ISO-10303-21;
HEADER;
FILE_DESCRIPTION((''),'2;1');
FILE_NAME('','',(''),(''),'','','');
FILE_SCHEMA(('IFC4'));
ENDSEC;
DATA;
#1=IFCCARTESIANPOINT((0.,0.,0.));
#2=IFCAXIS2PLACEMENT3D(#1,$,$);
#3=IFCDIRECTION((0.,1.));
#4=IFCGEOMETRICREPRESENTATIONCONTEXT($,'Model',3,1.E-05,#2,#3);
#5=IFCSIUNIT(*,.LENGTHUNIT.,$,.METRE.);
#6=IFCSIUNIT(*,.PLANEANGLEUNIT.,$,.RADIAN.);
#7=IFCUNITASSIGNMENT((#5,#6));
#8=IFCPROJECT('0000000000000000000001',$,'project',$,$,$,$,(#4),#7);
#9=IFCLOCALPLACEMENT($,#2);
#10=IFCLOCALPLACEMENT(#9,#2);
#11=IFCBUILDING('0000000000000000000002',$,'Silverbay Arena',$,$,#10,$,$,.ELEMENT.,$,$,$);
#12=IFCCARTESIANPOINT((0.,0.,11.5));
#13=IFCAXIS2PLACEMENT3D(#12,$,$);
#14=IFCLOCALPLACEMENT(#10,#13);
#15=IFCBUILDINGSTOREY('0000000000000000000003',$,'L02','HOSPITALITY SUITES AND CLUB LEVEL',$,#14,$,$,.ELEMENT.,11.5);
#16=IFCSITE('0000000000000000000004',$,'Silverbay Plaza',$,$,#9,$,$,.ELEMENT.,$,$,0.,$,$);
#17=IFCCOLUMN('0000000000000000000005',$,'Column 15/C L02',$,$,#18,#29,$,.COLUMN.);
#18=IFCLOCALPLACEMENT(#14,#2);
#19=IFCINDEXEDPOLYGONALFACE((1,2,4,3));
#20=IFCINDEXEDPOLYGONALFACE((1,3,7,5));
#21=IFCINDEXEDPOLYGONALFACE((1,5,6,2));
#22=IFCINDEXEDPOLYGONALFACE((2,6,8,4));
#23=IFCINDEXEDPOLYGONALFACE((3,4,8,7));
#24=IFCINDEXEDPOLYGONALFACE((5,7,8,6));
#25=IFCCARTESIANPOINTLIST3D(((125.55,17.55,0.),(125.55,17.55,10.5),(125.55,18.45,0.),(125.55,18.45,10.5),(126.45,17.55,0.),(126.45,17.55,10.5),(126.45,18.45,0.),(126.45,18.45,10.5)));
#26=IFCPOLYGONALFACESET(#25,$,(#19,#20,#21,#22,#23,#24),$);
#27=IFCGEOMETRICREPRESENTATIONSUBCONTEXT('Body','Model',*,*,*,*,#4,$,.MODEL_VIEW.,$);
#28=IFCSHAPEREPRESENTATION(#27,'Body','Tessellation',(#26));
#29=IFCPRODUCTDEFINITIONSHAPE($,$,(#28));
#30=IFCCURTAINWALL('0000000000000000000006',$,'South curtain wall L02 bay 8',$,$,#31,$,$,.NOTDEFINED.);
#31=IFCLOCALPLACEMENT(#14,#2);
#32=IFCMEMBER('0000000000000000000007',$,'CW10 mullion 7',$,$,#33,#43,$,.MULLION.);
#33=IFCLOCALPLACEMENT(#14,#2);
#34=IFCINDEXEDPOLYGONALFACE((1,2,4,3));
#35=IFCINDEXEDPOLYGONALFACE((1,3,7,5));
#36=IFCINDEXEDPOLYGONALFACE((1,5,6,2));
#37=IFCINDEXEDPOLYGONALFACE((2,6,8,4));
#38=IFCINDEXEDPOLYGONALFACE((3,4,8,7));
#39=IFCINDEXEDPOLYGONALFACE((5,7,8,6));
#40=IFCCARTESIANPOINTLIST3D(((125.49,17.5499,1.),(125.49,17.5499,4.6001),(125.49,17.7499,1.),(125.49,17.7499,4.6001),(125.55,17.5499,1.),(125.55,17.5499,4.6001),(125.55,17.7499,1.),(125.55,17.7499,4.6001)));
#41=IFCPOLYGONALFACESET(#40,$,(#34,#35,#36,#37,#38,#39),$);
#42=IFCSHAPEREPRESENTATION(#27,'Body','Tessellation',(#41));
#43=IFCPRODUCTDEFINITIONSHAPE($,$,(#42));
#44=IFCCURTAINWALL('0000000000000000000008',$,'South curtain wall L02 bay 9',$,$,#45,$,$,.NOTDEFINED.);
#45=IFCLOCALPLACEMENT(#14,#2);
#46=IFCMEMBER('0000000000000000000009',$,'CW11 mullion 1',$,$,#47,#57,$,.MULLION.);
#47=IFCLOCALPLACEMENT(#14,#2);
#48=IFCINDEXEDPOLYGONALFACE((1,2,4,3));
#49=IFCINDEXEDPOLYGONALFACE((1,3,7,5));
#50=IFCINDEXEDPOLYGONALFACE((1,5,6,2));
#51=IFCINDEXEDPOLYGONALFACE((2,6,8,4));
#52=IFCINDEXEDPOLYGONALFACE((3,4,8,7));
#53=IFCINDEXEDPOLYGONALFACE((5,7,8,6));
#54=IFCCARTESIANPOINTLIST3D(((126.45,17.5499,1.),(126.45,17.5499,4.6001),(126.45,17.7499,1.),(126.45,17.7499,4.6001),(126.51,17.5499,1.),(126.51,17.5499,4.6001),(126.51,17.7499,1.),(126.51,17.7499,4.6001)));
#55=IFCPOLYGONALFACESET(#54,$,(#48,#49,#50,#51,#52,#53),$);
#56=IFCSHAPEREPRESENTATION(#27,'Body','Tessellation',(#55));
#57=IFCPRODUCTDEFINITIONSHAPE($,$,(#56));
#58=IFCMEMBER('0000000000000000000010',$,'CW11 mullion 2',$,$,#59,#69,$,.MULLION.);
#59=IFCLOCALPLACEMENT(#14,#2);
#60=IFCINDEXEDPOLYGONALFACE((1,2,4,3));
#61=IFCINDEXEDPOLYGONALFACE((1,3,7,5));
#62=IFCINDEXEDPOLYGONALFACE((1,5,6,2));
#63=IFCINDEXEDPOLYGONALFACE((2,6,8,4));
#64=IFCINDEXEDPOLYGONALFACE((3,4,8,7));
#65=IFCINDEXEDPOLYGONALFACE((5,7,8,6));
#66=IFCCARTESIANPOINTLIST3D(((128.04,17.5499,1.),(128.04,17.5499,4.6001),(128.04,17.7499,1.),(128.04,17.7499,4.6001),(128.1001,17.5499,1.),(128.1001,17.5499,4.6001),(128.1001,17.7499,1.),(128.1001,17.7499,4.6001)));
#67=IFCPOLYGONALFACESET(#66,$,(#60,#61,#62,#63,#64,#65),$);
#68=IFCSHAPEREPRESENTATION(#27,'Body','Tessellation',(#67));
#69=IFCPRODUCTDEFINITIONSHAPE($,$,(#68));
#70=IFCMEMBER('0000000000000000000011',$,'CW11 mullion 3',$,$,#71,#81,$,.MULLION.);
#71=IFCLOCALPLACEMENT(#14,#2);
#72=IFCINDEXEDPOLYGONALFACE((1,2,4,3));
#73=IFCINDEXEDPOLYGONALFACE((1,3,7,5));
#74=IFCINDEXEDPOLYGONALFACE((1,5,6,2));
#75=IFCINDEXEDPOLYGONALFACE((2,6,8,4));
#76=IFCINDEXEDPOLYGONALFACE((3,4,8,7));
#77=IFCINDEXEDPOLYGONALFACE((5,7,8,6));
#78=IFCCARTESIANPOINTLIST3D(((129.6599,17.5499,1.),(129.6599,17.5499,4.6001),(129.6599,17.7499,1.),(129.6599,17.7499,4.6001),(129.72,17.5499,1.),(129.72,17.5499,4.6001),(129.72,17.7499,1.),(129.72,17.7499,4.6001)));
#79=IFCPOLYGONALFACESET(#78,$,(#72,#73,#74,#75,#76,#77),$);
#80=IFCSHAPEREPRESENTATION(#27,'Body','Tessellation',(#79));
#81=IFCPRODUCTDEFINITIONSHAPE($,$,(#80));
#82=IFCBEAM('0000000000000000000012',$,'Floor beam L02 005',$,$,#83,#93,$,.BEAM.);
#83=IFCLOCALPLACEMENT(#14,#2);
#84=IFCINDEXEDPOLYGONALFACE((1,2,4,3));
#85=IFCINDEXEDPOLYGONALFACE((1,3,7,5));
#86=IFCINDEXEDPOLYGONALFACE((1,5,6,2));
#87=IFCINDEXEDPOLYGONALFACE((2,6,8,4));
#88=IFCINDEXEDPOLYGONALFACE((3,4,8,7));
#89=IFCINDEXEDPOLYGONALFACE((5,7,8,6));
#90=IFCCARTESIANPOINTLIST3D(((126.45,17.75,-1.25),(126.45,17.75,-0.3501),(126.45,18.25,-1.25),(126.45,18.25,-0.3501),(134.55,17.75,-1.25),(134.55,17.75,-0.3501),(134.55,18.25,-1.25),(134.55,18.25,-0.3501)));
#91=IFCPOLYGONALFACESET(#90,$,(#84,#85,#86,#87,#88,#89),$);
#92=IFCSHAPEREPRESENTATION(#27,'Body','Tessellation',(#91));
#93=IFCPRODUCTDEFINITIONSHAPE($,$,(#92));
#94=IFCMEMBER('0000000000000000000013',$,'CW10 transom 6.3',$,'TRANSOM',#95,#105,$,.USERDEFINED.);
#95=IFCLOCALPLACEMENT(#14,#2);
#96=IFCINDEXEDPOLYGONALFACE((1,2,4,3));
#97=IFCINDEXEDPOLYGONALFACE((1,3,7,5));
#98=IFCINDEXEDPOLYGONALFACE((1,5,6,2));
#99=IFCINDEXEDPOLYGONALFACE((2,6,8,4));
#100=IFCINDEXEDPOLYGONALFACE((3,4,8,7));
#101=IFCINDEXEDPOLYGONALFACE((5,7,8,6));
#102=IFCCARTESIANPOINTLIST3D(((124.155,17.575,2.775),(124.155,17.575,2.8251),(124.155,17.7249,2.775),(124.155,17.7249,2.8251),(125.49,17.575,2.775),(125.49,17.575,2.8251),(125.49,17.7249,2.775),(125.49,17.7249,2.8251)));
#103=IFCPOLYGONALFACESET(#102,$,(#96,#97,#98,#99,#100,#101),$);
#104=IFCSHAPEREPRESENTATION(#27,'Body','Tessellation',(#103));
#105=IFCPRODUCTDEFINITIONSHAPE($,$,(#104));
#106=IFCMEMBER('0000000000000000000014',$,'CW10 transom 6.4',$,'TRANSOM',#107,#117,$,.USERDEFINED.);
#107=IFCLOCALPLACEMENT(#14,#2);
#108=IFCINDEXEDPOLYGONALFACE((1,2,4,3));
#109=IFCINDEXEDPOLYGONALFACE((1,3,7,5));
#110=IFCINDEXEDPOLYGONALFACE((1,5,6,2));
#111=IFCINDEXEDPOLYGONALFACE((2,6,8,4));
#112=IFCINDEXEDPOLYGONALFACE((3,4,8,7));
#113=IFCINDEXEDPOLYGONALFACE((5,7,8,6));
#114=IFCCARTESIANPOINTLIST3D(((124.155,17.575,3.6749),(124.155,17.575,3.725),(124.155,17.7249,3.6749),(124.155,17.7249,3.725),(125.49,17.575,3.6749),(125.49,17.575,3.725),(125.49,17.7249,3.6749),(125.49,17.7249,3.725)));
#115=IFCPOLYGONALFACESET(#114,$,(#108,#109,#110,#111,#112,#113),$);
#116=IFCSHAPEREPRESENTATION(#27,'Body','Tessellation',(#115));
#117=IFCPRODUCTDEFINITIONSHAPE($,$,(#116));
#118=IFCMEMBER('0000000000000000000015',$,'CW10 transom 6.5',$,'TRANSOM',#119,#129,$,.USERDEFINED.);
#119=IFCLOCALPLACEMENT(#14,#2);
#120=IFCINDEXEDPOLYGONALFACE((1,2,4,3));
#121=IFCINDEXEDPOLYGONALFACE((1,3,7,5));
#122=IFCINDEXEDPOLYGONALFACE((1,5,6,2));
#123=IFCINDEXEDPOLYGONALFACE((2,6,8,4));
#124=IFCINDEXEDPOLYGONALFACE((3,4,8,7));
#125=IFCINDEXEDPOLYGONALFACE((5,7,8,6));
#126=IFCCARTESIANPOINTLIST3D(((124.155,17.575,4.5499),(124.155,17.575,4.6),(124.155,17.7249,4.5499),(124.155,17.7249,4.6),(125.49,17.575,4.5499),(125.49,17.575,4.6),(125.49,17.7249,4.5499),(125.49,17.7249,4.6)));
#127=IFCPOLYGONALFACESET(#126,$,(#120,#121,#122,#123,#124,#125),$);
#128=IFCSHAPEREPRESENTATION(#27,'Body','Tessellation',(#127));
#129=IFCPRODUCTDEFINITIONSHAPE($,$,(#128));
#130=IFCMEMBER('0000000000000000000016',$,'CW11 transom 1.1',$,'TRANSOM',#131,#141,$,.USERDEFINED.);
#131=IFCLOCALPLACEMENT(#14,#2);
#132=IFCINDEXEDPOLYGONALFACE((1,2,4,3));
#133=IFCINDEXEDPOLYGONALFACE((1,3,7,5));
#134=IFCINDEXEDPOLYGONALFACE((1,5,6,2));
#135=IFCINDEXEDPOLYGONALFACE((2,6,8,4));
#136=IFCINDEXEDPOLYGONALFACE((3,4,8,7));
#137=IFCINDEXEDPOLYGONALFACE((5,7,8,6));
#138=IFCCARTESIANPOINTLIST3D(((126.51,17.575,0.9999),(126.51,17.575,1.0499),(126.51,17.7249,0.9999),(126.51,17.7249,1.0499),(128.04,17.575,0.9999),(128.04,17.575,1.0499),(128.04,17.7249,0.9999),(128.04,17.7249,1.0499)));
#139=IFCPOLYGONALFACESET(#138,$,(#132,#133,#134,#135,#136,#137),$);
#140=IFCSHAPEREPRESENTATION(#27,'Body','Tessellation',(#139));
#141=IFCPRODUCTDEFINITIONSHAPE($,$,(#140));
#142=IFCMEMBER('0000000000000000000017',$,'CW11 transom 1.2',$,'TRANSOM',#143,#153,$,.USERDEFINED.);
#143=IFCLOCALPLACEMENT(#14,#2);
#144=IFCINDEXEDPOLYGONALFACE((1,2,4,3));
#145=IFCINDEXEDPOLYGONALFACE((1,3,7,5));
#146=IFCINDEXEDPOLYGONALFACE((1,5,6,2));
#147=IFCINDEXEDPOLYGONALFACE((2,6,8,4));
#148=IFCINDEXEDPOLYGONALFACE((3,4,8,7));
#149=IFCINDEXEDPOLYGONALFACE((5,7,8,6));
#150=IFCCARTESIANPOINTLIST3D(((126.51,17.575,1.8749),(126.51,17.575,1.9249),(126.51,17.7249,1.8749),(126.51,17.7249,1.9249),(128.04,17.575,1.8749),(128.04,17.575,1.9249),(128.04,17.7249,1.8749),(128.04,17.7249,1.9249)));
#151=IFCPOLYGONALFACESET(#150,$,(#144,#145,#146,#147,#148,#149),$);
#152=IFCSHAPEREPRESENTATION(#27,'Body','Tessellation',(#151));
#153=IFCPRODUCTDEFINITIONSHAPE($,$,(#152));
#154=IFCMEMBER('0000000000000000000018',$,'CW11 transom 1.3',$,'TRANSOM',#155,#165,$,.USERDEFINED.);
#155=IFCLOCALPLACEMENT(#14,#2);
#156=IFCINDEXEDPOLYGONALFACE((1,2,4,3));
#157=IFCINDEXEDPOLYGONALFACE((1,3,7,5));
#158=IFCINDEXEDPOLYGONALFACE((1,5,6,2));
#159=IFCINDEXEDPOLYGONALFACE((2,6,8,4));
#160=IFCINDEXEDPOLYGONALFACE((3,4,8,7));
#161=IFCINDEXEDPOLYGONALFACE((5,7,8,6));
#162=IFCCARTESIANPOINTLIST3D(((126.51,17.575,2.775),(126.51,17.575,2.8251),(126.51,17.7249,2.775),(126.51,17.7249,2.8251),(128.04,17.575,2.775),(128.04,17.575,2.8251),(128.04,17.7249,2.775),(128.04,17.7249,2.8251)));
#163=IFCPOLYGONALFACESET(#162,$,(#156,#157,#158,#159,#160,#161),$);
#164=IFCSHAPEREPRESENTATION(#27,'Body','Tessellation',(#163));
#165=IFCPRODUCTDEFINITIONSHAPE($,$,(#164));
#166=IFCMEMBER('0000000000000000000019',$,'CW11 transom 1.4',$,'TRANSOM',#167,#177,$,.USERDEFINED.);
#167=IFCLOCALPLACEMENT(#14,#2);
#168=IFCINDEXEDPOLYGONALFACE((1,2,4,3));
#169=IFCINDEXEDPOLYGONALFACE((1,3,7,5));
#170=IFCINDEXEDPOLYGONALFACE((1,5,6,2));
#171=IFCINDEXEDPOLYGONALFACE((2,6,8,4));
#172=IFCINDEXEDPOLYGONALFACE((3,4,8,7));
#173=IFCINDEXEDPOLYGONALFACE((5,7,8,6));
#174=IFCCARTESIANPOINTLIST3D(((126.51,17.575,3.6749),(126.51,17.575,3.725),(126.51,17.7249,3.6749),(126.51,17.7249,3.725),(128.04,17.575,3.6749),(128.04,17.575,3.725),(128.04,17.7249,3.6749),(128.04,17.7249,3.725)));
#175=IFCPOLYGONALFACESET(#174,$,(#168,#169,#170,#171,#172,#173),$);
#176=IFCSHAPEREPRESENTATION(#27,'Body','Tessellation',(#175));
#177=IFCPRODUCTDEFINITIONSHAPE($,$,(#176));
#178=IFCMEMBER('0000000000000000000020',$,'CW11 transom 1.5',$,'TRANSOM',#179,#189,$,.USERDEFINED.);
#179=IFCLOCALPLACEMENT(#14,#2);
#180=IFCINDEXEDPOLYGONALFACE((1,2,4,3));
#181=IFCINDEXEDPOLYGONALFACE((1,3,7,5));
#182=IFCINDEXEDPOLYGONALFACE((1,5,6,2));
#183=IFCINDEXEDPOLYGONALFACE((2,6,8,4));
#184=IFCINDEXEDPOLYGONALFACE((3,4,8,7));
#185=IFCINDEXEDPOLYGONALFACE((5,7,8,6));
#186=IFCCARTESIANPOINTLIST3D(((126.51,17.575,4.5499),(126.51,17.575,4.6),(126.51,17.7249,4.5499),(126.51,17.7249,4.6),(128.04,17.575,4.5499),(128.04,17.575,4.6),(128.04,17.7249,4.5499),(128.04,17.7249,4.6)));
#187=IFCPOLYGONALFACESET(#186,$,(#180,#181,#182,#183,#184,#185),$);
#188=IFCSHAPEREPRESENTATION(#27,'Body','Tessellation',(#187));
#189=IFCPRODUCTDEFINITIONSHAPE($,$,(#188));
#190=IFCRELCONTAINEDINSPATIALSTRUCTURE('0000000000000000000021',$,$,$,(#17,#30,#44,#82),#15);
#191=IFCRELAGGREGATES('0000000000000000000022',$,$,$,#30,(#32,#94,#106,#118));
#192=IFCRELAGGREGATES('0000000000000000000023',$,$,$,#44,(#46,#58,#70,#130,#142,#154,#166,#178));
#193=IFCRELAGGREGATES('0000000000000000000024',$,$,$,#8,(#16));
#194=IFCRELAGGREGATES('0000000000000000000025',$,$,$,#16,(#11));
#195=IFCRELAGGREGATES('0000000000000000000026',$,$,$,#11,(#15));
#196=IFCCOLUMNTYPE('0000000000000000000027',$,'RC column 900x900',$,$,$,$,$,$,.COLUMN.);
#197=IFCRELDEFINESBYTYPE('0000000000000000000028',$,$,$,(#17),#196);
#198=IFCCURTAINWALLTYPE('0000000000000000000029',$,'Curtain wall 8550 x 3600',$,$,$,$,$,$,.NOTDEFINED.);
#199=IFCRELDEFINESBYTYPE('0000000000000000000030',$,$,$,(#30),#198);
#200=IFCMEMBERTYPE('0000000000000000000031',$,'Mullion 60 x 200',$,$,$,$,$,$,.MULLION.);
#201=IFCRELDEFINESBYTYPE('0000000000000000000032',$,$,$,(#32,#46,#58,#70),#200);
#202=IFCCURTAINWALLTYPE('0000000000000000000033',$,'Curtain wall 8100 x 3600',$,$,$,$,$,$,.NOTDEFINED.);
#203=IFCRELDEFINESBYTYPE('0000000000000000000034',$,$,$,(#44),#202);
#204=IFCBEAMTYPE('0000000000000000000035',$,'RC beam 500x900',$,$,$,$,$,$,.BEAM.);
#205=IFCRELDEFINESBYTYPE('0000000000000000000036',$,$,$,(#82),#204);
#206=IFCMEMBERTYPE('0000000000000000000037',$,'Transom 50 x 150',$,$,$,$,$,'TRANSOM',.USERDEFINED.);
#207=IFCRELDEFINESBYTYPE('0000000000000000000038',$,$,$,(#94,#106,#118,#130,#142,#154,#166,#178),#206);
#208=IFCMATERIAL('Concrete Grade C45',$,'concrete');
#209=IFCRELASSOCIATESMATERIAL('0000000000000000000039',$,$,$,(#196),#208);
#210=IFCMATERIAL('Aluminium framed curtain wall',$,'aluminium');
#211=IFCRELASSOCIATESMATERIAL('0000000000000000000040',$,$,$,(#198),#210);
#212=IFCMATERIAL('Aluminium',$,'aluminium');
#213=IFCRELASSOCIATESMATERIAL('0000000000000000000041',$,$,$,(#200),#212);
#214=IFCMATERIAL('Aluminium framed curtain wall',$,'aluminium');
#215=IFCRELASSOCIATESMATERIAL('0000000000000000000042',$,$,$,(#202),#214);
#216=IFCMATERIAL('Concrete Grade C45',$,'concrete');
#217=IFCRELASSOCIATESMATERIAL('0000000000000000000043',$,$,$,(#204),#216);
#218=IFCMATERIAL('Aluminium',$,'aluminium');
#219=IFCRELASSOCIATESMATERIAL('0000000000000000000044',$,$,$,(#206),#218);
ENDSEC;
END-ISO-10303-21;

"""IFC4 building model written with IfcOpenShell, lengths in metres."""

from ifc_helpers import new_model, si_unit, direction, frame, origin, origin_2d, place, context, subcontext, project, spatial, rectangle, extrude, material, material_profile, profile_set, type_object, element, aggregate, save


model = new_model("IFC4")

# Units and contexts
model_context = context("Model", 3, precision=1e-05, world=origin(), true_north=direction((0.0, 1.0)))
body_context = subcontext(model_context, "Body", "Model", "MODEL_VIEW")
ifc_project = project(units=[si_unit("LENGTHUNIT", "METRE"), si_unit("PLANEANGLEUNIT", "RADIAN")], contexts=[model_context])

# Site, building, storey
site_placement = place(None, origin())
site = spatial("IfcSite", under=ifc_project, at=site_placement, Name="Silverbay Plaza", CompositionType="ELEMENT", RefElevation=0.0)
building_placement = place(site_placement, origin())
building = spatial("IfcBuilding", under=site, at=building_placement, Name="Silverbay Arena", CompositionType="ELEMENT")
storey_placement = place(building_placement, frame((0.0, 0.0, 11.5)))
storey = spatial("IfcBuildingStorey", under=building, at=storey_placement, Name="L02", Description="HOSPITALITY SUITES AND CLUB LEVEL", CompositionType="ELEMENT", Elevation=11.5)

# Column
ifc_material_1 = material(Name="Concrete Grade C45", Category="concrete")
ifc_material_profile_1 = material_profile(ifc_material_1, rectangle(XDim=0.8999, YDim=0.8999, at=origin_2d()), Name="RC 900x900")
ifc_profile_set_1 = profile_set([ifc_material_profile_1], Name="Concrete Grade C45")
column_type = type_object("IfcColumnType", Name="RC column 900x900", PredefinedType="COLUMN", material=ifc_profile_set_1)
column_placement = place(storey_placement, frame((126.0, 18.0, 0.0), z_axis=(0.0, 0.0, 1.0), x_axis=(1.0, 0.0, 0.0)))
element("IfcColumn", 1, at=column_placement, inside=storey, type_object=column_type, Name="Column 15/C L02", PredefinedType="COLUMN", context=body_context, shape_type="SweptSolid", body=[
    extrude(rectangle(XDim=0.8999, YDim=0.8999, at=origin_2d()), origin(), (0.0, 0.0, 1.0), 10.5),
])

# Curtain wall, member
ifc_material_2 = material(Name="Aluminium framed curtain wall", Category="aluminium")
curtain_wall_type_1 = type_object("IfcCurtainWallType", Name="Curtain wall 8550 x 3600", PredefinedType="NOTDEFINED", material=ifc_material_2)
curtain_wall_1_placement = place(storey_placement, origin())
curtain_wall_1 = element("IfcCurtainWall", 2, at=curtain_wall_1_placement, inside=storey, type_object=curtain_wall_type_1, Name="South curtain wall L02 bay 8", PredefinedType="NOTDEFINED")
ifc_material_3 = material(Name="Aluminium", Category="aluminium")
ifc_material_profile_2 = material_profile(ifc_material_3, rectangle(XDim=0.2, YDim=0.0601, at=origin_2d()), Name="Mullion 60 x 200")
ifc_profile_set_2 = profile_set([ifc_material_profile_2], Name="Aluminium")
member_type_1 = type_object("IfcMemberType", Name="Mullion 60 x 200", PredefinedType="MULLION", material=ifc_profile_set_2)
member_1_placement = place(storey_placement, frame((125.52, 17.6499, 1.0), z_axis=(0.0, 0.0, 1.0), x_axis=(0.0, 1.0, 0.0)))
member_1 = element("IfcMember", 3, at=member_1_placement, type_object=member_type_1, Name="CW10 mullion 7", PredefinedType="MULLION", context=body_context, shape_type="SweptSolid", body=[
    extrude(rectangle(XDim=0.2, YDim=0.0601, at=origin_2d()), origin(), (0.0, 0.0, 1.0), 3.6001),
])

# Curtain wall, members
ifc_material_4 = material(Name="Aluminium framed curtain wall", Category="aluminium")
curtain_wall_type_2 = type_object("IfcCurtainWallType", Name="Curtain wall 8100 x 3600", PredefinedType="NOTDEFINED", material=ifc_material_4)
curtain_wall_2_placement = place(storey_placement, origin())
curtain_wall_2 = element("IfcCurtainWall", 4, at=curtain_wall_2_placement, inside=storey, type_object=curtain_wall_type_2, Name="South curtain wall L02 bay 9", PredefinedType="NOTDEFINED")
member_2_placement = place(storey_placement, frame((126.48, 17.6499, 1.0), z_axis=(0.0, 0.0, 1.0), x_axis=(0.0, 1.0, 0.0)))
member_2 = element("IfcMember", 5, at=member_2_placement, type_object=member_type_1, Name="CW11 mullion 1", PredefinedType="MULLION", context=body_context, shape_type="SweptSolid", body=[
    extrude(rectangle(XDim=0.2, YDim=0.0601, at=origin_2d()), origin(), (0.0, 0.0, 1.0), 3.6001),
])
member_3_placement = place(storey_placement, frame((128.0701, 17.6499, 1.0), z_axis=(0.0, 0.0, 1.0), x_axis=(0.0, 1.0, 0.0)))
member_3 = element("IfcMember", 6, at=member_3_placement, type_object=member_type_1, Name="CW11 mullion 2", PredefinedType="MULLION", context=body_context, shape_type="SweptSolid", body=[
    extrude(rectangle(XDim=0.2, YDim=0.0601, at=origin_2d()), origin(), (0.0, 0.0, 1.0), 3.6001),
])
member_4_placement = place(storey_placement, frame((129.6899, 17.6499, 1.0), z_axis=(0.0, 0.0, 1.0), x_axis=(0.0, 1.0, 0.0)))
member_4 = element("IfcMember", 7, at=member_4_placement, type_object=member_type_1, Name="CW11 mullion 3", PredefinedType="MULLION", context=body_context, shape_type="SweptSolid", body=[
    extrude(rectangle(XDim=0.2, YDim=0.0601, at=origin_2d()), origin(), (0.0, 0.0, 1.0), 3.6001),
])

# Beam
ifc_material_5 = material(Name="Concrete Grade C45", Category="concrete")
ifc_material_profile_3 = material_profile(ifc_material_5, rectangle(XDim=0.5, YDim=0.8999, at=origin_2d()), Name="RC 500x900")
ifc_profile_set_3 = profile_set([ifc_material_profile_3], Name="Concrete Grade C45")
beam_type = type_object("IfcBeamType", Name="RC beam 500x900", PredefinedType="BEAM", material=ifc_profile_set_3)
beam_placement = place(storey_placement, frame((126.45, 18.0, -0.8), z_axis=(1.0, 0.0, 0.0), x_axis=(0.0, 1.0, 0.0)))
element("IfcBeam", 8, at=beam_placement, inside=storey, type_object=beam_type, Name="Floor beam L02 005", PredefinedType="BEAM", context=body_context, shape_type="SweptSolid", body=[
    extrude(rectangle(XDim=0.5, YDim=0.8999, at=origin_2d()), origin(), (0.0, 0.0, 1.0), 8.1001),
])

# Members
ifc_material_6 = material(Name="Aluminium", Category="aluminium")
ifc_material_profile_4 = material_profile(ifc_material_6, rectangle(XDim=0.1499, YDim=0.05, at=origin_2d()), Name="Transom 50 x 150")
ifc_profile_set_4 = profile_set([ifc_material_profile_4], Name="Aluminium")
member_type_2 = type_object("IfcMemberType", Name="Transom 50 x 150", ElementType="TRANSOM", PredefinedType="USERDEFINED", material=ifc_profile_set_4)
member_5_placement = place(storey_placement, frame((124.155, 17.6499, 2.8), z_axis=(1.0, 0.0, 0.0), x_axis=(0.0, 1.0, 0.0)))
member_5 = element("IfcMember", 9, at=member_5_placement, type_object=member_type_2, Name="CW10 transom 6.3", ObjectType="TRANSOM", PredefinedType="USERDEFINED", context=body_context, shape_type="SweptSolid", body=[
    extrude(rectangle(XDim=0.1499, YDim=0.05, at=origin_2d()), origin(), (0.0, 0.0, 1.0), 1.335),
])
member_6_placement = place(storey_placement, frame((124.155, 17.6499, 3.7), z_axis=(1.0, 0.0, 0.0), x_axis=(0.0, 1.0, 0.0)))
member_6 = element("IfcMember", 10, at=member_6_placement, type_object=member_type_2, Name="CW10 transom 6.4", ObjectType="TRANSOM", PredefinedType="USERDEFINED", context=body_context, shape_type="SweptSolid", body=[
    extrude(rectangle(XDim=0.1499, YDim=0.05, at=origin_2d()), origin(), (0.0, 0.0, 1.0), 1.335),
])
member_7_placement = place(storey_placement, frame((124.155, 17.6499, 4.575), z_axis=(1.0, 0.0, 0.0), x_axis=(0.0, 1.0, 0.0)))
member_7 = element("IfcMember", 11, at=member_7_placement, type_object=member_type_2, Name="CW10 transom 6.5", ObjectType="TRANSOM", PredefinedType="USERDEFINED", context=body_context, shape_type="SweptSolid", body=[
    extrude(rectangle(XDim=0.1499, YDim=0.05, at=origin_2d()), origin(), (0.0, 0.0, 1.0), 1.335),
])
member_8_placement = place(storey_placement, frame((126.51, 17.6499, 1.0249), z_axis=(1.0, 0.0, 0.0), x_axis=(0.0, 1.0, 0.0)))
member_8 = element("IfcMember", 12, at=member_8_placement, type_object=member_type_2, Name="CW11 transom 1.1", ObjectType="TRANSOM", PredefinedType="USERDEFINED", context=body_context, shape_type="SweptSolid", body=[
    extrude(rectangle(XDim=0.1499, YDim=0.05, at=origin_2d()), origin(), (0.0, 0.0, 1.0), 1.53),
])
member_9_placement = place(storey_placement, frame((126.51, 17.6499, 1.8999), z_axis=(1.0, 0.0, 0.0), x_axis=(0.0, 1.0, 0.0)))
member_9 = element("IfcMember", 13, at=member_9_placement, type_object=member_type_2, Name="CW11 transom 1.2", ObjectType="TRANSOM", PredefinedType="USERDEFINED", context=body_context, shape_type="SweptSolid", body=[
    extrude(rectangle(XDim=0.1499, YDim=0.05, at=origin_2d()), origin(), (0.0, 0.0, 1.0), 1.53),
])
member_10_placement = place(storey_placement, frame((126.51, 17.6499, 2.8), z_axis=(1.0, 0.0, 0.0), x_axis=(0.0, 1.0, 0.0)))
member_10 = element("IfcMember", 14, at=member_10_placement, type_object=member_type_2, Name="CW11 transom 1.3", ObjectType="TRANSOM", PredefinedType="USERDEFINED", context=body_context, shape_type="SweptSolid", body=[
    extrude(rectangle(XDim=0.1499, YDim=0.05, at=origin_2d()), origin(), (0.0, 0.0, 1.0), 1.53),
])
member_11_placement = place(storey_placement, frame((126.51, 17.6499, 3.7), z_axis=(1.0, 0.0, 0.0), x_axis=(0.0, 1.0, 0.0)))
member_11 = element("IfcMember", 15, at=member_11_placement, type_object=member_type_2, Name="CW11 transom 1.4", ObjectType="TRANSOM", PredefinedType="USERDEFINED", context=body_context, shape_type="SweptSolid", body=[
    extrude(rectangle(XDim=0.1499, YDim=0.05, at=origin_2d()), origin(), (0.0, 0.0, 1.0), 1.53),
])
member_12_placement = place(storey_placement, frame((126.51, 17.6499, 4.575), z_axis=(1.0, 0.0, 0.0), x_axis=(0.0, 1.0, 0.0)))
member_12 = element("IfcMember", 16, at=member_12_placement, type_object=member_type_2, Name="CW11 transom 1.5", ObjectType="TRANSOM", PredefinedType="USERDEFINED", context=body_context, shape_type="SweptSolid", body=[
    extrude(rectangle(XDim=0.1499, YDim=0.05, at=origin_2d()), origin(), (0.0, 0.0, 1.0), 1.53),
])

aggregate(curtain_wall_1, [member_1, member_5, member_6, member_7])
aggregate(curtain_wall_2, [member_2, member_3, member_4, member_8, member_9, member_10, member_11, member_12])

save(model, "model.ifc")
